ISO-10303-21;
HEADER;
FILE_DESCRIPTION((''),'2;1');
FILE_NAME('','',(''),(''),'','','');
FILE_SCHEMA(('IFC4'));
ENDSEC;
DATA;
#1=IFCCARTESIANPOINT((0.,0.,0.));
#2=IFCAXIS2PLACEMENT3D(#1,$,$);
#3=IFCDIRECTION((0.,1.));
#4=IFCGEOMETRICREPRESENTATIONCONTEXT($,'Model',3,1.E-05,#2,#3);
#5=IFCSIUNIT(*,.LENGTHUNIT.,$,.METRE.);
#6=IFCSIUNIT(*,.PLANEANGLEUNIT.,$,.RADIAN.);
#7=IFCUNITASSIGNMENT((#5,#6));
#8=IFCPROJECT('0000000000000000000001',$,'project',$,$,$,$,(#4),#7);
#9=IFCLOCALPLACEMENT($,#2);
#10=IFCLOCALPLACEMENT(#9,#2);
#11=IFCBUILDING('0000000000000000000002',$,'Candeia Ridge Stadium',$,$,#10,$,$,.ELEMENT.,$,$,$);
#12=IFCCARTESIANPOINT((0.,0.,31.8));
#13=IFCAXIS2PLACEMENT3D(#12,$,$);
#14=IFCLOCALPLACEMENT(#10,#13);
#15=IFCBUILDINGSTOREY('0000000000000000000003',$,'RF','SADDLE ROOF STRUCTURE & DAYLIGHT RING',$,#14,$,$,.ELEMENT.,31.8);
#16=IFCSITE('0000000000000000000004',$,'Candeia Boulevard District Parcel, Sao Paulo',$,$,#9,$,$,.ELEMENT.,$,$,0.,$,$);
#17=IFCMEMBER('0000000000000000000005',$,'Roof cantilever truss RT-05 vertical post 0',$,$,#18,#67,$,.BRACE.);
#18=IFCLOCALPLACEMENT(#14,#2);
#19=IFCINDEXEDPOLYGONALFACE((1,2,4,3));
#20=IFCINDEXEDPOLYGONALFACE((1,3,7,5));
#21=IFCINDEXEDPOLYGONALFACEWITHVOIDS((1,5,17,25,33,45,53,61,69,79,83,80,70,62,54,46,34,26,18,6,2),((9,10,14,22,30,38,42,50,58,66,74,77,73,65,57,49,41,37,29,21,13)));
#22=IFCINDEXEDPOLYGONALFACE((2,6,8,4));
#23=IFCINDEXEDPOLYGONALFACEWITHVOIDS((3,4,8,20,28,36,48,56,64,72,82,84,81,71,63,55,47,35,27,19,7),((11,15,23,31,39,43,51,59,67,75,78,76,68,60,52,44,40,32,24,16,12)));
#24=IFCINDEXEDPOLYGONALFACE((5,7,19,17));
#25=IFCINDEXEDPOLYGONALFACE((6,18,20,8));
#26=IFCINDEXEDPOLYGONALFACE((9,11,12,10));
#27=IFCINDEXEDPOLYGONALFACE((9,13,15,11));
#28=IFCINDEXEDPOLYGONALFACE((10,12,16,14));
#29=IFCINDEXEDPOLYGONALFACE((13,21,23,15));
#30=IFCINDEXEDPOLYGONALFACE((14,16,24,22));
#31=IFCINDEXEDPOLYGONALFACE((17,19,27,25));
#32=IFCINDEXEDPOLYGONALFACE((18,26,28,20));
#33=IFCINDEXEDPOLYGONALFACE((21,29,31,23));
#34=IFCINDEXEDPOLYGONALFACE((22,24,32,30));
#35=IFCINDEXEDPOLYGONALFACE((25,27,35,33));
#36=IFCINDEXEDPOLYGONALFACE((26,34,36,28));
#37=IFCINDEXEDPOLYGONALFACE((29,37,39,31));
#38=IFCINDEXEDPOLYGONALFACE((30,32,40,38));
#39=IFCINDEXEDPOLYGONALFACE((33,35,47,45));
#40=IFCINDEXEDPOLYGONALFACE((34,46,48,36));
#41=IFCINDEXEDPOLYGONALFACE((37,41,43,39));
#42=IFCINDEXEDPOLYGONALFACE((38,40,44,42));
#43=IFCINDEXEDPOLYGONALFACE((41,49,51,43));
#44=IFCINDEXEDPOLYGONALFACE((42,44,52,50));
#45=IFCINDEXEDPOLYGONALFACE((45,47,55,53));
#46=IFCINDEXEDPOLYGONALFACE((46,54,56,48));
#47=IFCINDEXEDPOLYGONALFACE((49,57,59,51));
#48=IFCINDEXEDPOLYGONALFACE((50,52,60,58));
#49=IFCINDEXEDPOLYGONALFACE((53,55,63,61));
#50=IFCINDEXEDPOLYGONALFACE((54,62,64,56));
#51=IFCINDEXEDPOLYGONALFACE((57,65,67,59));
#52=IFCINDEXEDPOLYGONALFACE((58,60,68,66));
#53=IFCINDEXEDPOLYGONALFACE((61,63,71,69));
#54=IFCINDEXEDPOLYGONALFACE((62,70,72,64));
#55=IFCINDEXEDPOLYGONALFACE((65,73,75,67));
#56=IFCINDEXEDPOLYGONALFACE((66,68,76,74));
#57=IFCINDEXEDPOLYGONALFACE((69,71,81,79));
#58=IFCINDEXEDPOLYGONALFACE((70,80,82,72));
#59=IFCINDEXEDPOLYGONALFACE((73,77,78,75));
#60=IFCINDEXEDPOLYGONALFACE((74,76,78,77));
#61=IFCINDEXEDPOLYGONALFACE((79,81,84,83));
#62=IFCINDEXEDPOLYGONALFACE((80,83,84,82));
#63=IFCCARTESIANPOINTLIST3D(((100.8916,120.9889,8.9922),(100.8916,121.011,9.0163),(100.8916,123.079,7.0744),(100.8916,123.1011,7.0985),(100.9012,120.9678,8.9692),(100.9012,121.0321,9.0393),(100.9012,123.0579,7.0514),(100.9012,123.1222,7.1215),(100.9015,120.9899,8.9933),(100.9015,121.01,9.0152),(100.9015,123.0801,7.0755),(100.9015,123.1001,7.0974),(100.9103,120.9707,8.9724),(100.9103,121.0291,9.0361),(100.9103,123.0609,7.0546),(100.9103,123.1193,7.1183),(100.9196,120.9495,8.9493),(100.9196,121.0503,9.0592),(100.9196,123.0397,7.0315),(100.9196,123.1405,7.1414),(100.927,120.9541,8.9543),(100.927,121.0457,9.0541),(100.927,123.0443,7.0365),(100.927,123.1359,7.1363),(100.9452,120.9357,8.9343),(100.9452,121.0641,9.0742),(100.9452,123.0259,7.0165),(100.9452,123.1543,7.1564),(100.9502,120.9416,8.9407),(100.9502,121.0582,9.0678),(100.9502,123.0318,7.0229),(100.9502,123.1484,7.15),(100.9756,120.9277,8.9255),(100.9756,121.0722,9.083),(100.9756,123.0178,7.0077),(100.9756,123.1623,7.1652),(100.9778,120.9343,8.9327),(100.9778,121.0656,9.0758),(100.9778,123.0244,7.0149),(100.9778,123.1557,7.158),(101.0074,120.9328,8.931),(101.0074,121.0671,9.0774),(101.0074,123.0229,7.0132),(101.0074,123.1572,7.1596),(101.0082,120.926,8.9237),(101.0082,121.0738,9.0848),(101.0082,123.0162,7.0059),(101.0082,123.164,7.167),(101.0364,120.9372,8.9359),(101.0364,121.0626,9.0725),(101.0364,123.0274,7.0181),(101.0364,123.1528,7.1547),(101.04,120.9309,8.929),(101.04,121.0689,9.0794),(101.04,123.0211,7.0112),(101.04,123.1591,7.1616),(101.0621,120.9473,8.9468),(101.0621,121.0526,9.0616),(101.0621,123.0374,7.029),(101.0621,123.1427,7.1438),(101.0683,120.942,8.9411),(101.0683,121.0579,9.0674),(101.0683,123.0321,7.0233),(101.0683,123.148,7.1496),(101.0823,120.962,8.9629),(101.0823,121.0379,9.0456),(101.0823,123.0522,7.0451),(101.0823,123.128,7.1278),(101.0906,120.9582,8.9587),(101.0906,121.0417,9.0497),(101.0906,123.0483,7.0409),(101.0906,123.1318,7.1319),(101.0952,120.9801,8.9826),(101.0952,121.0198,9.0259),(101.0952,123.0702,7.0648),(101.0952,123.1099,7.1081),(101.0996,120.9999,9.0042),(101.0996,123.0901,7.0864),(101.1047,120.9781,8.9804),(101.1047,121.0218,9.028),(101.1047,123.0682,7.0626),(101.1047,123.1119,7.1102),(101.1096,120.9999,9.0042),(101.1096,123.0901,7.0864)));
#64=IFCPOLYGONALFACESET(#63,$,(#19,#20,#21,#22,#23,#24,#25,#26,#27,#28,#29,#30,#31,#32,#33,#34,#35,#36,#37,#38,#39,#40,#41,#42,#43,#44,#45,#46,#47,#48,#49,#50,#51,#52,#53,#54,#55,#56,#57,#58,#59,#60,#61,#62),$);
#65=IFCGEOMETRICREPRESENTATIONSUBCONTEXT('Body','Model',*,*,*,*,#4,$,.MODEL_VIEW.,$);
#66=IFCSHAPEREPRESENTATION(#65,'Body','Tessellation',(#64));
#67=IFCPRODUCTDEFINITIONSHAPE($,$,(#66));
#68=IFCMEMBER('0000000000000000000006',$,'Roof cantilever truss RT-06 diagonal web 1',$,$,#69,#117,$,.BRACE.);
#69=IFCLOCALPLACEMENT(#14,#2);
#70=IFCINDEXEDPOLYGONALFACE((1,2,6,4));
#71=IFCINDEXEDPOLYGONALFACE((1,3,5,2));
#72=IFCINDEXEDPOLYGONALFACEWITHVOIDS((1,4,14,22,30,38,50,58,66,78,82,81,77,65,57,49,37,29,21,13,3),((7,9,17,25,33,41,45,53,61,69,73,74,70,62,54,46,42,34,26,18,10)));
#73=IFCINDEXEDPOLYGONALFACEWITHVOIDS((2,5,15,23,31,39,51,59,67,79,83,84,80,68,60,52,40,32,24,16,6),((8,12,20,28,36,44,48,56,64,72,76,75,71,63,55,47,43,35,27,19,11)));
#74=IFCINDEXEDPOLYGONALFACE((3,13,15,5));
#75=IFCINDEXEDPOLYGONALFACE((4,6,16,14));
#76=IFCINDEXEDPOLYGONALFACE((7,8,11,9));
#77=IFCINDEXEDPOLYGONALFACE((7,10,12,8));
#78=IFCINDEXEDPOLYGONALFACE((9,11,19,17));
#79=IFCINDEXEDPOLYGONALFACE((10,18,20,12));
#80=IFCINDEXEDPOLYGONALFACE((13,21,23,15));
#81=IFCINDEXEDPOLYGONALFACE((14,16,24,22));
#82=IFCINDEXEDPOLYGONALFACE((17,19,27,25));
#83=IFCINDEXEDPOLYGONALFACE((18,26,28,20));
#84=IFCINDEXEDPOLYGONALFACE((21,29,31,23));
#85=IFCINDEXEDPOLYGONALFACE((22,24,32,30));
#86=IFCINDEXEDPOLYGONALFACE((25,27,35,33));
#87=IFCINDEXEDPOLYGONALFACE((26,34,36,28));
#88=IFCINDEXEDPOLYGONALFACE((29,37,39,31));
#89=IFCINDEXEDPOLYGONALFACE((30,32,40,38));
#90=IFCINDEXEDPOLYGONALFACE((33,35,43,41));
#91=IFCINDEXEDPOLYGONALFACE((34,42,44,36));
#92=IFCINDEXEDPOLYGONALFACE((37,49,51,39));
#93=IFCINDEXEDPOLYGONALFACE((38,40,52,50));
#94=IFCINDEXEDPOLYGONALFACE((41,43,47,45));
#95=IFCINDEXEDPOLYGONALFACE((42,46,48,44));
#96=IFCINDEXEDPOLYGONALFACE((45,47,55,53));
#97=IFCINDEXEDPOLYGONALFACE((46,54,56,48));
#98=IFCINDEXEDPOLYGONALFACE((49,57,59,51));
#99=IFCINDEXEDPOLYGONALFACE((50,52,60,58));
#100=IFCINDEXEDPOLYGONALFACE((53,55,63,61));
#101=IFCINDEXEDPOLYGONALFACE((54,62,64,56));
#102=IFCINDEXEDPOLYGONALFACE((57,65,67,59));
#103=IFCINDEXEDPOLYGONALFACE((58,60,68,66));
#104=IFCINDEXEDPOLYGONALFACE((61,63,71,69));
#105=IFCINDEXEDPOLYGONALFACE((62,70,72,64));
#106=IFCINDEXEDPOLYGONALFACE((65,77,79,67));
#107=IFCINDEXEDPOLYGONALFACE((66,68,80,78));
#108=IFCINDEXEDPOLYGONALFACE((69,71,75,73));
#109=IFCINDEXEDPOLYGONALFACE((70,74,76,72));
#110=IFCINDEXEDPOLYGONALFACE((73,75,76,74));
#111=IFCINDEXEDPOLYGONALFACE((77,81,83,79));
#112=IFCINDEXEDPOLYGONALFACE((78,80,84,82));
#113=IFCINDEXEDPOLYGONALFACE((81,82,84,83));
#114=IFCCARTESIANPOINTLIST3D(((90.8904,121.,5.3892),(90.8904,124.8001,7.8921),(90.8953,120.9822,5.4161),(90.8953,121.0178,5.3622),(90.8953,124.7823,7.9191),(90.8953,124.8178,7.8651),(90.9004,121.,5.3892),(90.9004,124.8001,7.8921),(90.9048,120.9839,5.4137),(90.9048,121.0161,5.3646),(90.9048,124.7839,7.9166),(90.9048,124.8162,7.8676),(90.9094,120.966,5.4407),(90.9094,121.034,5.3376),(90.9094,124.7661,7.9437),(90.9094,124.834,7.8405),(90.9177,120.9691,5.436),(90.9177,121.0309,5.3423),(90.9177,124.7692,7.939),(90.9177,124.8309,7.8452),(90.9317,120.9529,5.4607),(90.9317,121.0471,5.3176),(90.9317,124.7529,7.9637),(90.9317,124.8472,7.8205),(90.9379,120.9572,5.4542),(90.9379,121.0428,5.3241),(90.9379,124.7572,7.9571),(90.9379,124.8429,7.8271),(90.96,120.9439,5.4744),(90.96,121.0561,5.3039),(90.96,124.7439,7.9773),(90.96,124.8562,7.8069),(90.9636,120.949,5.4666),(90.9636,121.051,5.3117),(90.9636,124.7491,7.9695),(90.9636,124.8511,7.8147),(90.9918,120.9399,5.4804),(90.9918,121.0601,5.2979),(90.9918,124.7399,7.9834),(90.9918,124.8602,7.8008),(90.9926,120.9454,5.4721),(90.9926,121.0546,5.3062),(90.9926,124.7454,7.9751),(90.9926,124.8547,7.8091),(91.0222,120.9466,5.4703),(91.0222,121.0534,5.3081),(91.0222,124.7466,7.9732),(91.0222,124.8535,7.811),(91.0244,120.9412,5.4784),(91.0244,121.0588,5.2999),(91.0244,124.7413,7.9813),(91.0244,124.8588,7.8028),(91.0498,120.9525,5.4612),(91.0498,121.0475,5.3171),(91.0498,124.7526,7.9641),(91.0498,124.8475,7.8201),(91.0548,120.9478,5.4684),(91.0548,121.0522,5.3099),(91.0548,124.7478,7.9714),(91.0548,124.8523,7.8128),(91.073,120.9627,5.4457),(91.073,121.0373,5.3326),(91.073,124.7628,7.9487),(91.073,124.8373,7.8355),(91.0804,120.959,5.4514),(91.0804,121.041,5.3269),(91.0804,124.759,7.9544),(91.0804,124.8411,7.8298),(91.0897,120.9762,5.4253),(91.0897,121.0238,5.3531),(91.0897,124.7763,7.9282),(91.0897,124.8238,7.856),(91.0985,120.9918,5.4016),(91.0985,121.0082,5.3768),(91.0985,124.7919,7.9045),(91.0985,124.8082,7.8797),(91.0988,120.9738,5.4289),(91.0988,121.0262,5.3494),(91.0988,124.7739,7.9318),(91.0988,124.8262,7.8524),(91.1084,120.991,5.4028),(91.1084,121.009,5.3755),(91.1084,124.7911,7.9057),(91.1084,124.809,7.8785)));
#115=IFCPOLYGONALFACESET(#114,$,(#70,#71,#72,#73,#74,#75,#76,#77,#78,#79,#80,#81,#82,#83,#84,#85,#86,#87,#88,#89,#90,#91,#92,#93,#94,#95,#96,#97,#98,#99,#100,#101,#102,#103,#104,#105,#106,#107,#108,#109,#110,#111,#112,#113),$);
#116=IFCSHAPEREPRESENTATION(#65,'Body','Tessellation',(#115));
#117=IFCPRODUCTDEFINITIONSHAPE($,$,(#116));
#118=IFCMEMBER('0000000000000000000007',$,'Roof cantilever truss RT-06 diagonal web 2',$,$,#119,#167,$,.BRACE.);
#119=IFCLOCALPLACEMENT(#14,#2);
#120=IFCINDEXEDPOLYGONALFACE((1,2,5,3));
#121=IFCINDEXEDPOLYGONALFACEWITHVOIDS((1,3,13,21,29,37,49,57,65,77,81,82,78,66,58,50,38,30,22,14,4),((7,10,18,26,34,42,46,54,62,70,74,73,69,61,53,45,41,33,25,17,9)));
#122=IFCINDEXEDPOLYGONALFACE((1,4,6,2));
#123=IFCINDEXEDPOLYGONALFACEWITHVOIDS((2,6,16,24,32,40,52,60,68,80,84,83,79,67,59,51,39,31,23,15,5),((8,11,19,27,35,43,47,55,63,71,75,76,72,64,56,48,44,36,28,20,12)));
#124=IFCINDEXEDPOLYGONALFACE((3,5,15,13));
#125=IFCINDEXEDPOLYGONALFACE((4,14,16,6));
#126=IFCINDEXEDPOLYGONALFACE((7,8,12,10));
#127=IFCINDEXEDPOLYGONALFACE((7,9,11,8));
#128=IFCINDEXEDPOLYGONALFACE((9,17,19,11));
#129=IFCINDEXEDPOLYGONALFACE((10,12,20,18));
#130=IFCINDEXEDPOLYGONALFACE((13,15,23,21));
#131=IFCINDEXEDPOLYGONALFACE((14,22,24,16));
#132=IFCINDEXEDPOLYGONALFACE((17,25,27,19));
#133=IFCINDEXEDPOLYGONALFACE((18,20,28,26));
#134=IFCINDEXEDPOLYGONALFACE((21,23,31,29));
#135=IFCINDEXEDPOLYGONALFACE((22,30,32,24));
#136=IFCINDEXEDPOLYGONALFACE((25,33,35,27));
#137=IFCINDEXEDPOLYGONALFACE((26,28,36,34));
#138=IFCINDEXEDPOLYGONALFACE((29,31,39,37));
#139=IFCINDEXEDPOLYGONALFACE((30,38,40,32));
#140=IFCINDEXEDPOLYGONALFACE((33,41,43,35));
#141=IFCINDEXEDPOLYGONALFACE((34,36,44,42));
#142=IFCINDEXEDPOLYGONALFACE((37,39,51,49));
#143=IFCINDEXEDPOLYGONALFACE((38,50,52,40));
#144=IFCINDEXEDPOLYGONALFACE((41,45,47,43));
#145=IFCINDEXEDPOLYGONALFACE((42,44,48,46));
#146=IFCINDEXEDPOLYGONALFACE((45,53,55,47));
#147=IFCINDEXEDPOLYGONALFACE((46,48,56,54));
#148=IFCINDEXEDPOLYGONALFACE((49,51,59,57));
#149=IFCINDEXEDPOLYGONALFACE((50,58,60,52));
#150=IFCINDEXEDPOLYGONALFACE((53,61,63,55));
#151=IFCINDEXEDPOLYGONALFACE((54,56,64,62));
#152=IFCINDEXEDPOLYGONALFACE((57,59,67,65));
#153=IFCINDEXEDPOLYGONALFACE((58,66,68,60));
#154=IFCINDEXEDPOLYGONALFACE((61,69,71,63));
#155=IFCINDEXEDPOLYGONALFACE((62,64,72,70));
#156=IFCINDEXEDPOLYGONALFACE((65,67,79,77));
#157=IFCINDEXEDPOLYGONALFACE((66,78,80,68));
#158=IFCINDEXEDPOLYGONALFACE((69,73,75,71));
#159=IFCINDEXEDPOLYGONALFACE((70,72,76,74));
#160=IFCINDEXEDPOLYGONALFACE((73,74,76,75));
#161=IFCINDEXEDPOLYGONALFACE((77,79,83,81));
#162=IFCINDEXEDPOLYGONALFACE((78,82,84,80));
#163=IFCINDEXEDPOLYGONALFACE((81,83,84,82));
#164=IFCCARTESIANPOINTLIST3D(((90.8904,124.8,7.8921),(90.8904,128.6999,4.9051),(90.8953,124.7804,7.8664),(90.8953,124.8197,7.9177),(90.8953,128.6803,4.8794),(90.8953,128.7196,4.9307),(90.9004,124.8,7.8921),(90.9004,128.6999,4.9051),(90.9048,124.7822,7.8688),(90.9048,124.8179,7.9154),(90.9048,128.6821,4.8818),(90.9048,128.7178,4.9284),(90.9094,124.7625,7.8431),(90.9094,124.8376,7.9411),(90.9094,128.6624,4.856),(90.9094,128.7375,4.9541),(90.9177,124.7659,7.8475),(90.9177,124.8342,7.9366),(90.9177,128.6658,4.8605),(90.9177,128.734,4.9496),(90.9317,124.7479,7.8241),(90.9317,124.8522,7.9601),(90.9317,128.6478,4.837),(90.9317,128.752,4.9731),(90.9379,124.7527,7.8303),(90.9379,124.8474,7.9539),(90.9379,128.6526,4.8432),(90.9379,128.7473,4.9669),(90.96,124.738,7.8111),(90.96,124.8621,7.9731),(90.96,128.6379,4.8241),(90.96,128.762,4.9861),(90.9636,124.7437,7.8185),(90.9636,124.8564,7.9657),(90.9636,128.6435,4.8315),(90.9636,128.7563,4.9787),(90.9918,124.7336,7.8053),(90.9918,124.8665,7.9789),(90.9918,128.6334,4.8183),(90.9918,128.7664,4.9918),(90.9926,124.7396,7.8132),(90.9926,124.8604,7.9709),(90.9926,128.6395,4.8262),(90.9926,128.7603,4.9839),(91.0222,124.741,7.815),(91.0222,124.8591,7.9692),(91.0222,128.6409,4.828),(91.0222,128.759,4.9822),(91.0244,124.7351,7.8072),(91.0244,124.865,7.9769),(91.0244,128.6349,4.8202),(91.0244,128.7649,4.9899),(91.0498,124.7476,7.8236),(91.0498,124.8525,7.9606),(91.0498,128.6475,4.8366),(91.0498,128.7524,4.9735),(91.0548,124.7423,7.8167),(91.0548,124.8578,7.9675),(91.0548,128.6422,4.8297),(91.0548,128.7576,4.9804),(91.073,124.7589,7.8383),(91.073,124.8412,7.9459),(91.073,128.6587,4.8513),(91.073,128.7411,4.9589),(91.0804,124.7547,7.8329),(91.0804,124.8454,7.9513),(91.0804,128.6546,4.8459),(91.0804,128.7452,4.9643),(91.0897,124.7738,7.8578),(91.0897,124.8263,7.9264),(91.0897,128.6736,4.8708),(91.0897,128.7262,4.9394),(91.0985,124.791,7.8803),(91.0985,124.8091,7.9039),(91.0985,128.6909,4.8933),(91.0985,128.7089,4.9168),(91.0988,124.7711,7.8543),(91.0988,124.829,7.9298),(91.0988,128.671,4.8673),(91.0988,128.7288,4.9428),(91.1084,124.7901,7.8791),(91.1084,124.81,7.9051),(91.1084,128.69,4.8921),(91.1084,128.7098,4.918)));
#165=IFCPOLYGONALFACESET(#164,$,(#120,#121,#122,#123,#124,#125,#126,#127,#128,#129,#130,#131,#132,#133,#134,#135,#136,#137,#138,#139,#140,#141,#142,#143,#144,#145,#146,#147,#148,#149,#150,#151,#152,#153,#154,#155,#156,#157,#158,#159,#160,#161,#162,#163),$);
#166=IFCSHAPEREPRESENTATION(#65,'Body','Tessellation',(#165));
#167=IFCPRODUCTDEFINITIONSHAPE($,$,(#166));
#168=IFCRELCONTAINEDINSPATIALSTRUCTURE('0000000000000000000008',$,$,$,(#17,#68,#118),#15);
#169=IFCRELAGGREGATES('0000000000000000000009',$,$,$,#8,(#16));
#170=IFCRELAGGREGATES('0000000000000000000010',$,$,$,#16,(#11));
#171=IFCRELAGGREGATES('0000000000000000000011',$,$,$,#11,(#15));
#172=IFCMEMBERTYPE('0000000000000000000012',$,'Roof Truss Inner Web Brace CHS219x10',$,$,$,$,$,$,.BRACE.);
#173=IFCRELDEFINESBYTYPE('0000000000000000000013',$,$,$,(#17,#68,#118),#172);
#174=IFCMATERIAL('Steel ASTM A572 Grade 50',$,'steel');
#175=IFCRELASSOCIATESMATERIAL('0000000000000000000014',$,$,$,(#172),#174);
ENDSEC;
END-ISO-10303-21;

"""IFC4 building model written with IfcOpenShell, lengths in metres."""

from ifc_helpers import new_model, si_unit, direction, frame, origin, origin_2d, place, context, subcontext, project, spatial, hollow_circle, extrude, material, material_profile, profile_set, type_object, element, save


model = new_model("IFC4")

# Units and contexts
model_context = context("Model", 3, precision=1e-05, world=origin(), true_north=direction((0.0, 1.0)))
body_context = subcontext(model_context, "Body", "Model", "MODEL_VIEW")
ifc_project = project(units=[si_unit("LENGTHUNIT", "METRE"), si_unit("PLANEANGLEUNIT", "RADIAN")], contexts=[model_context])

# Site, building, storey
site_placement = place(None, origin())
site = spatial("IfcSite", under=ifc_project, at=site_placement, Name="Candeia Boulevard District Parcel, Sao Paulo", CompositionType="ELEMENT", RefElevation=0.0)
building_placement = place(site_placement, origin())
building = spatial("IfcBuilding", under=site, at=building_placement, Name="Candeia Ridge Stadium", CompositionType="ELEMENT")
storey_placement = place(building_placement, frame((0.0, 0.0, 31.8)))
storey = spatial("IfcBuildingStorey", under=building, at=storey_placement, Name="RF", Description="SADDLE ROOF STRUCTURE & DAYLIGHT RING", CompositionType="ELEMENT", Elevation=31.8)

# Shared definitions
ifc_material_1 = material(Name="Steel ASTM A572 Grade 50", Category="steel")

# Members
ifc_material_profile_1 = material_profile(ifc_material_1, hollow_circle(Radius=0.1096, WallThickness=0.01, at=origin_2d()), Name="CHS219x10", Category="steel")
ifc_profile_set_1 = profile_set([ifc_material_profile_1], Name="Steel ASTM A572 Grade 50")
member_type_1 = type_object("IfcMemberType", Name="Roof Truss Inner Web Brace CHS219x10", PredefinedType="BRACE", material=ifc_profile_set_1)
member_1_placement = place(storey_placement, frame((101.0, 123.0901, 7.0864), z_axis=(0.0, -0.736836, 0.676071), x_axis=(1.0, 0.0, 0.0)))
element("IfcMember", 1, at=member_1_placement, inside=storey, type_object=member_type_1, Name="Roof cantilever truss RT-05 vertical post 0", PredefinedType="BRACE", context=body_context, shape_type="SweptSolid", body=[
    extrude(hollow_circle(Radius=0.1096, WallThickness=0.01, at=origin_2d()), origin(), (0.0, 0.0, 1.0), 2.8367),
])
member_2_placement = place(storey_placement, frame((91.0, 121.0, 5.3892), z_axis=(0.0, 0.835125, 0.550061), x_axis=(-1.0, 0.0, 0.0)))
element("IfcMember", 2, at=member_2_placement, inside=storey, type_object=member_type_1, Name="Roof cantilever truss RT-06 diagonal web 1", PredefinedType="BRACE", context=body_context, shape_type="SweptSolid", body=[
    extrude(hollow_circle(Radius=0.1096, WallThickness=0.01, at=origin_2d()), origin(), (0.0, 0.0, 1.0), 4.5503),
])
member_3_placement = place(storey_placement, frame((91.0, 124.8, 7.8921), z_axis=(0.0, 0.793888, -0.608064), x_axis=(-1.0, 0.0, 0.0)))
element("IfcMember", 3, at=member_3_placement, inside=storey, type_object=member_type_1, Name="Roof cantilever truss RT-06 diagonal web 2", PredefinedType="BRACE", context=body_context, shape_type="SweptSolid", body=[
    extrude(hollow_circle(Radius=0.1096, WallThickness=0.01, at=origin_2d()), origin(), (0.0, 0.0, 1.0), 4.9124),
])

save(model, "model.ifc")
